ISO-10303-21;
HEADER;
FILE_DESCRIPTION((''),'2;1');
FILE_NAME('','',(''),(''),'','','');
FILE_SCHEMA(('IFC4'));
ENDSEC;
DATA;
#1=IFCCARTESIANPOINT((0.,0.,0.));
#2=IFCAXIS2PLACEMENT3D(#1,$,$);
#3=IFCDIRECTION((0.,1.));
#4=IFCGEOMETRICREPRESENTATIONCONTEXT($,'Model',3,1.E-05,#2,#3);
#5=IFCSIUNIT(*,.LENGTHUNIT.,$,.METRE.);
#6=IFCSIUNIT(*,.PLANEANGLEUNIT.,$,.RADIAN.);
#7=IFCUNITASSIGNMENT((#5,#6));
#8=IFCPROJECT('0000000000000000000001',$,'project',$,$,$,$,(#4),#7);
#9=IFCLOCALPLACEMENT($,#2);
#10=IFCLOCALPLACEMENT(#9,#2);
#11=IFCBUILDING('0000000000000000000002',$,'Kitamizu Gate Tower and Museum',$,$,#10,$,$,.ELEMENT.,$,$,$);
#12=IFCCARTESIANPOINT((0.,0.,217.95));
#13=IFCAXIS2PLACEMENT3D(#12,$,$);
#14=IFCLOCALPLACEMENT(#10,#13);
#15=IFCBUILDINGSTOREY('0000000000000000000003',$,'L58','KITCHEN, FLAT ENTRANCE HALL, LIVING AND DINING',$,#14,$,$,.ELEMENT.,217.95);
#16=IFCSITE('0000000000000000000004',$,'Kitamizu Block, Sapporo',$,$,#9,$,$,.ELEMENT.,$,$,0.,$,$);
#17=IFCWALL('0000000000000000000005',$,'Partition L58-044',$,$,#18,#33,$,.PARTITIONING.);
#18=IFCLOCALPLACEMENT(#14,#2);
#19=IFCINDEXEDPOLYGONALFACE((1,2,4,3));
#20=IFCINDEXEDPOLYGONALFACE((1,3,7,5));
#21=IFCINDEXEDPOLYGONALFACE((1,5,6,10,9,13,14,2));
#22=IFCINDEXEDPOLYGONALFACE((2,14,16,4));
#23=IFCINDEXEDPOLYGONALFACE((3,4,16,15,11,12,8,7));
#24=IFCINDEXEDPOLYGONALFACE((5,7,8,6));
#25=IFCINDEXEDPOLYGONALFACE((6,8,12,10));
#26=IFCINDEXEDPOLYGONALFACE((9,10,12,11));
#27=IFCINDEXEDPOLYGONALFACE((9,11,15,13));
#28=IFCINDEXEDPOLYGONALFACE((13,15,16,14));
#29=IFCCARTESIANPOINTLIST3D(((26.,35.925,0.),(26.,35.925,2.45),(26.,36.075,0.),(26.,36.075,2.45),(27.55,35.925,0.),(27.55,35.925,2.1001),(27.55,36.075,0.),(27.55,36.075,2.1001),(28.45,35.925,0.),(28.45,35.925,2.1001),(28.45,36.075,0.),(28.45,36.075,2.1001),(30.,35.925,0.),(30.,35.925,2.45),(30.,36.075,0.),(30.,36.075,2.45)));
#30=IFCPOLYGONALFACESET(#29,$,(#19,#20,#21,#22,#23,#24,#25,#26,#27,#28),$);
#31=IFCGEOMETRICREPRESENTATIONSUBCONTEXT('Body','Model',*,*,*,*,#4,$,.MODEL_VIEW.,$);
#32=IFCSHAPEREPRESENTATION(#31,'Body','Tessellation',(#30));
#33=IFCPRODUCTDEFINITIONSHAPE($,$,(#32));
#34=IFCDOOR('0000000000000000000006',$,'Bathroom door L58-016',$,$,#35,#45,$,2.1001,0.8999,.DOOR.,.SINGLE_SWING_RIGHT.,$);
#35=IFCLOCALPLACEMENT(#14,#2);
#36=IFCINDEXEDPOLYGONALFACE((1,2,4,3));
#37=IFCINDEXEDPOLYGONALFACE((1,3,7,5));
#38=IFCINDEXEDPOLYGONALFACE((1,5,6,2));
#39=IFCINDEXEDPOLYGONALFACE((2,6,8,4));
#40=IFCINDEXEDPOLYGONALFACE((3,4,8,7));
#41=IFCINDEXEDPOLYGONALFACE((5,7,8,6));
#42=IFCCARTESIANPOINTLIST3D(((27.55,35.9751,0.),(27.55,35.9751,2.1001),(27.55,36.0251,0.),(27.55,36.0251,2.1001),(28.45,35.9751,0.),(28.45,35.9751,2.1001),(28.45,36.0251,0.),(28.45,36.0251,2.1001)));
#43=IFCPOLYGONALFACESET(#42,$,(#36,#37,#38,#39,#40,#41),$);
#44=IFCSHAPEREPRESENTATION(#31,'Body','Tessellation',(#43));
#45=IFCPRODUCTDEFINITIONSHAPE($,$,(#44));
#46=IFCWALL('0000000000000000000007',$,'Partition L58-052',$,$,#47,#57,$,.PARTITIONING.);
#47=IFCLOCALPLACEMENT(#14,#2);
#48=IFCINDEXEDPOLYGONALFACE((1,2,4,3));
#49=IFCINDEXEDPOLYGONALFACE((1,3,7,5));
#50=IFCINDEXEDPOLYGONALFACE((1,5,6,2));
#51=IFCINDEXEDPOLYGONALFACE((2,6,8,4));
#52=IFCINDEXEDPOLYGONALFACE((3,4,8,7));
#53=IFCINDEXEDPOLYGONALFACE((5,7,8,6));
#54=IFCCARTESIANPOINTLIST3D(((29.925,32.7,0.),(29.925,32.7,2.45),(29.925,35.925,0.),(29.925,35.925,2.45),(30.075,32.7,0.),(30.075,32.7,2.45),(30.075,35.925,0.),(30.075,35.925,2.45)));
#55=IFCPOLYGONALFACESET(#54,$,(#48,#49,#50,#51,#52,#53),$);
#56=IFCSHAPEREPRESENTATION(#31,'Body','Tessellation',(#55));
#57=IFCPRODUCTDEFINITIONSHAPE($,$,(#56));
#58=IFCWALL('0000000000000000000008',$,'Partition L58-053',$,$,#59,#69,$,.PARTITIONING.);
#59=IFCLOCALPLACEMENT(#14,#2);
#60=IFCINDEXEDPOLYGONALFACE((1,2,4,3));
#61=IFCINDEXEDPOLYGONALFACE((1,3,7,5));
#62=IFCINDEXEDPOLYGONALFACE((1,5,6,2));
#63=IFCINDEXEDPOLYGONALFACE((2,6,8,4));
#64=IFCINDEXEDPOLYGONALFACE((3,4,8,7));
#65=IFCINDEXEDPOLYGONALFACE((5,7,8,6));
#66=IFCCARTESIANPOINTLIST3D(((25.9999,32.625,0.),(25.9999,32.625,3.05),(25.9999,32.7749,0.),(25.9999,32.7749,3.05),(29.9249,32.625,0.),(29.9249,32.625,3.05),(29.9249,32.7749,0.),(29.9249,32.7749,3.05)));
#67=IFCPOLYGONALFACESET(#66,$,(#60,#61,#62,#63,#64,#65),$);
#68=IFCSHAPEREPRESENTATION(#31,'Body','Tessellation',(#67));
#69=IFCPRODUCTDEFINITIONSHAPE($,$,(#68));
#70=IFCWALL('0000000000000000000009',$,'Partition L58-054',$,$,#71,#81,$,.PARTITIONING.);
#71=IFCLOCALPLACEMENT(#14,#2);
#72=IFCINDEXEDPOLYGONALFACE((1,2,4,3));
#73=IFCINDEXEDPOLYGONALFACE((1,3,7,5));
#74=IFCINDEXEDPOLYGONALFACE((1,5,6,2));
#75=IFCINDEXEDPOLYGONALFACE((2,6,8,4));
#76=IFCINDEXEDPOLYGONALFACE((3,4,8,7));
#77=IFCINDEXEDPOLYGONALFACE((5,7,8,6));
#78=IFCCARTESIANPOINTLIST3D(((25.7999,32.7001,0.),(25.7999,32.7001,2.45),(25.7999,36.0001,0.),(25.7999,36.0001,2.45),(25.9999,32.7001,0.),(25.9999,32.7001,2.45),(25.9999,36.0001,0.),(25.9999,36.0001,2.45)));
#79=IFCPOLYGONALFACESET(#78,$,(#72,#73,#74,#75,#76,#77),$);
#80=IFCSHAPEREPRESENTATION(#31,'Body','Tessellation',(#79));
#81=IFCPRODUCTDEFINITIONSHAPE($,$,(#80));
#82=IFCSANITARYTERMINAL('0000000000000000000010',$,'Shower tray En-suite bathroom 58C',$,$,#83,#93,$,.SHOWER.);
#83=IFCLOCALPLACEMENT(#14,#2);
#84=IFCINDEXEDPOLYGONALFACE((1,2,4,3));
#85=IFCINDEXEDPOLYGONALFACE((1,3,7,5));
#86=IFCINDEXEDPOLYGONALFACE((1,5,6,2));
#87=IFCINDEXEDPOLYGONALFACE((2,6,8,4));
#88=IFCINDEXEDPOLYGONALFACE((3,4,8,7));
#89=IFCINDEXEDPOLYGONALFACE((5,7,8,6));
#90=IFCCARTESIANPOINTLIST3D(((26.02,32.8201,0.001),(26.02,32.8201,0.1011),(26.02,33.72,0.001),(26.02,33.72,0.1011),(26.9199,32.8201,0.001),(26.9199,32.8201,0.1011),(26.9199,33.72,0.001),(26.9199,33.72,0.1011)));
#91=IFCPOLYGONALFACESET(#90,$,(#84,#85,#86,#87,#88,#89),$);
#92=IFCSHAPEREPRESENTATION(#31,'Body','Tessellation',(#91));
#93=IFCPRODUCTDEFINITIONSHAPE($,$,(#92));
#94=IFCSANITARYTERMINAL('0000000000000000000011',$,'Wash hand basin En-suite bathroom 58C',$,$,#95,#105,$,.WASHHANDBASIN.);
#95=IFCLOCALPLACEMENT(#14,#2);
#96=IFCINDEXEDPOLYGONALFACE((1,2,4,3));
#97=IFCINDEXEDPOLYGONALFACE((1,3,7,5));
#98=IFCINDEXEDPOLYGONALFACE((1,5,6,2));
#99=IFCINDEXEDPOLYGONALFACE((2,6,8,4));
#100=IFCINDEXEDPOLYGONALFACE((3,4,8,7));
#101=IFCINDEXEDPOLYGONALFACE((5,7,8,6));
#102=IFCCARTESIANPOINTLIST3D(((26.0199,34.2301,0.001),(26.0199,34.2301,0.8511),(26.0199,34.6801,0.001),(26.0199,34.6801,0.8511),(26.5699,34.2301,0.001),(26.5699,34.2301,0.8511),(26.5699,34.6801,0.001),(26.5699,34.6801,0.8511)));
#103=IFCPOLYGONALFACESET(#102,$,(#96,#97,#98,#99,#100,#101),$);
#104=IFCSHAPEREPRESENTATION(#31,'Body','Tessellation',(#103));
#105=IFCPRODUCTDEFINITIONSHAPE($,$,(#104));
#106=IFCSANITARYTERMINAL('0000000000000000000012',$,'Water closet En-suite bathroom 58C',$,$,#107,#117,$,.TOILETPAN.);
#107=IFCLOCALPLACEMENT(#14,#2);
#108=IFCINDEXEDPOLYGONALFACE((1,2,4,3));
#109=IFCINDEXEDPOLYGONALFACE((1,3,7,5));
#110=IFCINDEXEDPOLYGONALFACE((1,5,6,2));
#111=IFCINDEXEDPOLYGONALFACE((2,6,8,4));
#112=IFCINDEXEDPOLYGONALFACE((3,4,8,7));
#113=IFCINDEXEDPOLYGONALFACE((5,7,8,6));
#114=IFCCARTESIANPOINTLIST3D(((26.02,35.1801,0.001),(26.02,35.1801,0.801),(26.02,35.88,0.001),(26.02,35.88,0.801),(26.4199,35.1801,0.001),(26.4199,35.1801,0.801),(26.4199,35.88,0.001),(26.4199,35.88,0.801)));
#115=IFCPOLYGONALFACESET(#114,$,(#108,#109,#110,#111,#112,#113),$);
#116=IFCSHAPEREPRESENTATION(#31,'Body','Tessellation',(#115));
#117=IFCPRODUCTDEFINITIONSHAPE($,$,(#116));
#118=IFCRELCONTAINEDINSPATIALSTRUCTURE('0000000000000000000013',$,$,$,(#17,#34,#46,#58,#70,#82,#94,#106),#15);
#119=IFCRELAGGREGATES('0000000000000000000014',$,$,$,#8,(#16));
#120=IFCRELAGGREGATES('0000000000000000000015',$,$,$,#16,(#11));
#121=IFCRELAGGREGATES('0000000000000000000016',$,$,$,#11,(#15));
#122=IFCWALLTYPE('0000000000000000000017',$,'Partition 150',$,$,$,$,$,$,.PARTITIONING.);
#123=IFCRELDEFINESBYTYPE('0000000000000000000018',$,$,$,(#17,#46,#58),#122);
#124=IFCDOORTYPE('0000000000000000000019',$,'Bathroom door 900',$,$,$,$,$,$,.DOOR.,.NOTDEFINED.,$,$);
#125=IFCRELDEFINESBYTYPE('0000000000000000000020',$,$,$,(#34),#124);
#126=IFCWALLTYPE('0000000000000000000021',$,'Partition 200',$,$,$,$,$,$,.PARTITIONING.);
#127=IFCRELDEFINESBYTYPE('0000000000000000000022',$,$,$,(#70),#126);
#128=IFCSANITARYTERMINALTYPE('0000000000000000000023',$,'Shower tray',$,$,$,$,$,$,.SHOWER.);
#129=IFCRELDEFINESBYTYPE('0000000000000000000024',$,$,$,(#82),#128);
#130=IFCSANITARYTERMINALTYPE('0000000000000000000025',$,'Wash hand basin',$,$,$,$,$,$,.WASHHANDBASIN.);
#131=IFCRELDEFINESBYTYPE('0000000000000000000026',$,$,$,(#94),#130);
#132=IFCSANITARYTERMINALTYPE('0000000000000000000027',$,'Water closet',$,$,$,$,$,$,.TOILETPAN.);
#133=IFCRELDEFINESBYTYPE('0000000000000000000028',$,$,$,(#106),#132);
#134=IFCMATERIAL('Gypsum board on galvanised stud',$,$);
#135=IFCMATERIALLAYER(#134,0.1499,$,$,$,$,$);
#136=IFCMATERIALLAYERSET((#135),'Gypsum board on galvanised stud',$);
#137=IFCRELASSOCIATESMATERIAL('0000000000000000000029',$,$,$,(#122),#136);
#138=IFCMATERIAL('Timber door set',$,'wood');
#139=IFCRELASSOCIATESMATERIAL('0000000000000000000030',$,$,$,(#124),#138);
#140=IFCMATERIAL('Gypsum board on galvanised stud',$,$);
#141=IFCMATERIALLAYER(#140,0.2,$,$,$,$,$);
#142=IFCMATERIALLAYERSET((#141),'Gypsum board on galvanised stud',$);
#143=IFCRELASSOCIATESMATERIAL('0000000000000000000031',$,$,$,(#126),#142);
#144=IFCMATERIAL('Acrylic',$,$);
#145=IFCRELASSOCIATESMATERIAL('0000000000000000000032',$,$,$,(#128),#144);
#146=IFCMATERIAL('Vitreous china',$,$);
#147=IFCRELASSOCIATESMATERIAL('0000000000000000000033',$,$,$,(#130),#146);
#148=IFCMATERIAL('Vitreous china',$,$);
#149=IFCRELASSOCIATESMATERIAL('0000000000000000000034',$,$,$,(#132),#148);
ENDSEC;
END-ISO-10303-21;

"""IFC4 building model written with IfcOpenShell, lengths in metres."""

from ifc_helpers import new_model, si_unit, direction, frame, frame_2d, origin, origin_2d, place, context, subcontext, project, spatial, rectangle, extrude, material, layer, layer_set, type_object, element, fill, save


model = new_model("IFC4")

# Units and contexts
model_context = context("Model", 3, precision=1e-05, world=origin(), true_north=direction((0.0, 1.0)))
body_context = subcontext(model_context, "Body", "Model", "MODEL_VIEW")
ifc_project = project(units=[si_unit("LENGTHUNIT", "METRE"), si_unit("PLANEANGLEUNIT", "RADIAN")], contexts=[model_context])

# Site, building, storey
site_placement = place(None, origin())
site = spatial("IfcSite", under=ifc_project, at=site_placement, Name="Kitamizu Block, Sapporo", CompositionType="ELEMENT", RefElevation=0.0)
building_placement = place(site_placement, origin())
building = spatial("IfcBuilding", under=site, at=building_placement, Name="Kitamizu Gate Tower and Museum", CompositionType="ELEMENT")
storey_placement = place(building_placement, frame((0.0, 0.0, 217.95)))
storey = spatial("IfcBuildingStorey", under=building, at=storey_placement, Name="L58", Description="KITCHEN, FLAT ENTRANCE HALL, LIVING AND DINING", CompositionType="ELEMENT", Elevation=217.95)

# Wall, opening, door
ifc_material_1 = material(Name="Gypsum board on galvanised stud")
ifc_layer_1 = layer(ifc_material_1, 0.1499)
ifc_layer_set_1 = layer_set([ifc_layer_1], Name="Gypsum board on galvanised stud")
wall_type_1 = type_object("IfcWallType", Name="Partition 150", PredefinedType="PARTITIONING", material=ifc_layer_set_1)
wall_1_placement = place(storey_placement, frame((26.0, 36.0, 0.0), z_axis=(0.0, 0.0, 1.0), x_axis=(1.0, 0.0, 0.0)))
wall_1 = element("IfcWall", 1, at=wall_1_placement, inside=storey, type_object=wall_type_1, Name="Partition L58-044", PredefinedType="PARTITIONING", context=body_context, shape_type="SweptSolid", body=[
    extrude(rectangle(XDim=4.0, YDim=0.1499, at=frame_2d((2.0, 0.0))), origin(), (0.0, 0.0, 1.0), 2.45),
])
opening_1_placement = place(wall_1_placement, frame((1.55, 0.0, 0.0)))
opening_1 = element("IfcOpeningElement", 2, at=opening_1_placement, cuts=wall_1, PredefinedType="OPENING", context=body_context, shape_type="SweptSolid", body=[
    extrude(rectangle(XDim=0.8999, YDim=2.1001, at=frame_2d((0.45, 1.05))), frame((0.0, 0.085, 0.0), z_axis=(0.0, -1.0, 0.0), x_axis=(1.0, 0.0, 0.0)), (0.0, 0.0, 1.0), 0.1699),
])
ifc_material_2 = material(Name="Timber door set", Category="wood")
door_type_1 = type_object("IfcDoorType", Name="Bathroom door 900", OperationType="NOTDEFINED", PredefinedType="DOOR", material=ifc_material_2)
door_1_placement = place(opening_1_placement, frame((0.8999, 0.0, 0.0), x_axis=(-1.0, 0.0, 0.0)))
door_1 = element("IfcDoor", 3, at=door_1_placement, inside=storey, type_object=door_type_1, Name="Bathroom door L58-016", OperationType="SINGLE_SWING_RIGHT", OverallHeight=2.1001, OverallWidth=0.8999, PredefinedType="DOOR", context=body_context, shape_type="SweptSolid", body=[
    extrude(rectangle(XDim=0.8999, YDim=2.1001, at=frame_2d((0.45, 1.05))), frame((0.0, 0.0249, 0.0), z_axis=(0.0, -1.0, 0.0), x_axis=(1.0, 0.0, 0.0)), (0.0, 0.0, 1.0), 0.05),
])
fill(opening_1, door_1)

# Walls
wall_2_placement = place(storey_placement, frame((30.0, 32.7, 0.0), z_axis=(0.0, 0.0, 1.0), x_axis=(0.0, 1.0, 0.0)))
element("IfcWall", 4, at=wall_2_placement, inside=storey, type_object=wall_type_1, Name="Partition L58-052", PredefinedType="PARTITIONING", context=body_context, shape_type="SweptSolid", body=[
    extrude(rectangle(XDim=3.2251, YDim=0.1499, at=frame_2d((1.6125, 0.0))), origin(), (0.0, 0.0, 1.0), 2.45),
])
wall_3_placement = place(storey_placement, frame((26.0, 32.7, 0.0), z_axis=(0.0, 0.0, 1.0), x_axis=(1.0, 0.0, 0.0)))
element("IfcWall", 5, at=wall_3_placement, inside=storey, type_object=wall_type_1, Name="Partition L58-053", PredefinedType="PARTITIONING", context=body_context, shape_type="SweptSolid", body=[
    extrude(rectangle(XDim=3.925, YDim=0.1499, at=frame_2d((1.9624, 0.0))), origin(), (0.0, 0.0, 1.0), 3.05),
])
ifc_material_3 = material(Name="Gypsum board on galvanised stud")
ifc_layer_2 = layer(ifc_material_3, 0.2)
ifc_layer_set_2 = layer_set([ifc_layer_2], Name="Gypsum board on galvanised stud")
wall_type_2 = type_object("IfcWallType", Name="Partition 200", PredefinedType="PARTITIONING", material=ifc_layer_set_2)
wall_4_placement = place(storey_placement, frame((25.8999, 36.0, 0.0), z_axis=(0.0, 0.0, 1.0), x_axis=(0.0, -1.0, 0.0)))
element("IfcWall", 6, at=wall_4_placement, inside=storey, type_object=wall_type_2, Name="Partition L58-054", PredefinedType="PARTITIONING", context=body_context, shape_type="SweptSolid", body=[
    extrude(rectangle(XDim=3.3, YDim=0.2, at=frame_2d((1.6499, 0.0))), origin(), (0.0, 0.0, 1.0), 2.45),
])

# Sanitary terminals
ifc_material_4 = material(Name="Acrylic")
sanitary_terminal_type_1 = type_object("IfcSanitaryTerminalType", Name="Shower tray", PredefinedType="SHOWER", material=ifc_material_4)
sanitary_terminal_1_placement = place(storey_placement, frame((26.47, 33.27, 0.001), z_axis=(0.0, 0.0, 1.0), x_axis=(1.0, 0.0, 0.0)))
element("IfcSanitaryTerminal", 7, at=sanitary_terminal_1_placement, inside=storey, type_object=sanitary_terminal_type_1, Name="Shower tray En-suite bathroom 58C", PredefinedType="SHOWER", context=body_context, shape_type="SweptSolid", body=[
    extrude(rectangle(XDim=0.8999, YDim=0.8999, at=origin_2d()), origin(), (0.0, 0.0, 1.0), 0.1001),
])
ifc_material_5 = material(Name="Vitreous china")
sanitary_terminal_type_2 = type_object("IfcSanitaryTerminalType", Name="Wash hand basin", PredefinedType="WASHHANDBASIN", material=ifc_material_5)
sanitary_terminal_2_placement = place(storey_placement, frame((26.2949, 34.4551, 0.001), z_axis=(0.0, 0.0, 1.0), x_axis=(1.0, 0.0, 0.0)))
element("IfcSanitaryTerminal", 8, at=sanitary_terminal_2_placement, inside=storey, type_object=sanitary_terminal_type_2, Name="Wash hand basin En-suite bathroom 58C", PredefinedType="WASHHANDBASIN", context=body_context, shape_type="SweptSolid", body=[
    extrude(rectangle(XDim=0.55, YDim=0.45, at=origin_2d()), origin(), (0.0, 0.0, 1.0), 0.8501),
])
ifc_material_6 = material(Name="Vitreous china")
sanitary_terminal_type_3 = type_object("IfcSanitaryTerminalType", Name="Water closet", PredefinedType="TOILETPAN", material=ifc_material_6)
sanitary_terminal_3_placement = place(storey_placement, frame((26.22, 35.53, 0.001), z_axis=(0.0, 0.0, 1.0), x_axis=(1.0, 0.0, 0.0)))
element("IfcSanitaryTerminal", 9, at=sanitary_terminal_3_placement, inside=storey, type_object=sanitary_terminal_type_3, Name="Water closet En-suite bathroom 58C", PredefinedType="TOILETPAN", context=body_context, shape_type="SweptSolid", body=[
    extrude(rectangle(XDim=0.3999, YDim=0.7, at=origin_2d()), origin(), (0.0, 0.0, 1.0), 0.8),
])

save(model, "model.ifc")
